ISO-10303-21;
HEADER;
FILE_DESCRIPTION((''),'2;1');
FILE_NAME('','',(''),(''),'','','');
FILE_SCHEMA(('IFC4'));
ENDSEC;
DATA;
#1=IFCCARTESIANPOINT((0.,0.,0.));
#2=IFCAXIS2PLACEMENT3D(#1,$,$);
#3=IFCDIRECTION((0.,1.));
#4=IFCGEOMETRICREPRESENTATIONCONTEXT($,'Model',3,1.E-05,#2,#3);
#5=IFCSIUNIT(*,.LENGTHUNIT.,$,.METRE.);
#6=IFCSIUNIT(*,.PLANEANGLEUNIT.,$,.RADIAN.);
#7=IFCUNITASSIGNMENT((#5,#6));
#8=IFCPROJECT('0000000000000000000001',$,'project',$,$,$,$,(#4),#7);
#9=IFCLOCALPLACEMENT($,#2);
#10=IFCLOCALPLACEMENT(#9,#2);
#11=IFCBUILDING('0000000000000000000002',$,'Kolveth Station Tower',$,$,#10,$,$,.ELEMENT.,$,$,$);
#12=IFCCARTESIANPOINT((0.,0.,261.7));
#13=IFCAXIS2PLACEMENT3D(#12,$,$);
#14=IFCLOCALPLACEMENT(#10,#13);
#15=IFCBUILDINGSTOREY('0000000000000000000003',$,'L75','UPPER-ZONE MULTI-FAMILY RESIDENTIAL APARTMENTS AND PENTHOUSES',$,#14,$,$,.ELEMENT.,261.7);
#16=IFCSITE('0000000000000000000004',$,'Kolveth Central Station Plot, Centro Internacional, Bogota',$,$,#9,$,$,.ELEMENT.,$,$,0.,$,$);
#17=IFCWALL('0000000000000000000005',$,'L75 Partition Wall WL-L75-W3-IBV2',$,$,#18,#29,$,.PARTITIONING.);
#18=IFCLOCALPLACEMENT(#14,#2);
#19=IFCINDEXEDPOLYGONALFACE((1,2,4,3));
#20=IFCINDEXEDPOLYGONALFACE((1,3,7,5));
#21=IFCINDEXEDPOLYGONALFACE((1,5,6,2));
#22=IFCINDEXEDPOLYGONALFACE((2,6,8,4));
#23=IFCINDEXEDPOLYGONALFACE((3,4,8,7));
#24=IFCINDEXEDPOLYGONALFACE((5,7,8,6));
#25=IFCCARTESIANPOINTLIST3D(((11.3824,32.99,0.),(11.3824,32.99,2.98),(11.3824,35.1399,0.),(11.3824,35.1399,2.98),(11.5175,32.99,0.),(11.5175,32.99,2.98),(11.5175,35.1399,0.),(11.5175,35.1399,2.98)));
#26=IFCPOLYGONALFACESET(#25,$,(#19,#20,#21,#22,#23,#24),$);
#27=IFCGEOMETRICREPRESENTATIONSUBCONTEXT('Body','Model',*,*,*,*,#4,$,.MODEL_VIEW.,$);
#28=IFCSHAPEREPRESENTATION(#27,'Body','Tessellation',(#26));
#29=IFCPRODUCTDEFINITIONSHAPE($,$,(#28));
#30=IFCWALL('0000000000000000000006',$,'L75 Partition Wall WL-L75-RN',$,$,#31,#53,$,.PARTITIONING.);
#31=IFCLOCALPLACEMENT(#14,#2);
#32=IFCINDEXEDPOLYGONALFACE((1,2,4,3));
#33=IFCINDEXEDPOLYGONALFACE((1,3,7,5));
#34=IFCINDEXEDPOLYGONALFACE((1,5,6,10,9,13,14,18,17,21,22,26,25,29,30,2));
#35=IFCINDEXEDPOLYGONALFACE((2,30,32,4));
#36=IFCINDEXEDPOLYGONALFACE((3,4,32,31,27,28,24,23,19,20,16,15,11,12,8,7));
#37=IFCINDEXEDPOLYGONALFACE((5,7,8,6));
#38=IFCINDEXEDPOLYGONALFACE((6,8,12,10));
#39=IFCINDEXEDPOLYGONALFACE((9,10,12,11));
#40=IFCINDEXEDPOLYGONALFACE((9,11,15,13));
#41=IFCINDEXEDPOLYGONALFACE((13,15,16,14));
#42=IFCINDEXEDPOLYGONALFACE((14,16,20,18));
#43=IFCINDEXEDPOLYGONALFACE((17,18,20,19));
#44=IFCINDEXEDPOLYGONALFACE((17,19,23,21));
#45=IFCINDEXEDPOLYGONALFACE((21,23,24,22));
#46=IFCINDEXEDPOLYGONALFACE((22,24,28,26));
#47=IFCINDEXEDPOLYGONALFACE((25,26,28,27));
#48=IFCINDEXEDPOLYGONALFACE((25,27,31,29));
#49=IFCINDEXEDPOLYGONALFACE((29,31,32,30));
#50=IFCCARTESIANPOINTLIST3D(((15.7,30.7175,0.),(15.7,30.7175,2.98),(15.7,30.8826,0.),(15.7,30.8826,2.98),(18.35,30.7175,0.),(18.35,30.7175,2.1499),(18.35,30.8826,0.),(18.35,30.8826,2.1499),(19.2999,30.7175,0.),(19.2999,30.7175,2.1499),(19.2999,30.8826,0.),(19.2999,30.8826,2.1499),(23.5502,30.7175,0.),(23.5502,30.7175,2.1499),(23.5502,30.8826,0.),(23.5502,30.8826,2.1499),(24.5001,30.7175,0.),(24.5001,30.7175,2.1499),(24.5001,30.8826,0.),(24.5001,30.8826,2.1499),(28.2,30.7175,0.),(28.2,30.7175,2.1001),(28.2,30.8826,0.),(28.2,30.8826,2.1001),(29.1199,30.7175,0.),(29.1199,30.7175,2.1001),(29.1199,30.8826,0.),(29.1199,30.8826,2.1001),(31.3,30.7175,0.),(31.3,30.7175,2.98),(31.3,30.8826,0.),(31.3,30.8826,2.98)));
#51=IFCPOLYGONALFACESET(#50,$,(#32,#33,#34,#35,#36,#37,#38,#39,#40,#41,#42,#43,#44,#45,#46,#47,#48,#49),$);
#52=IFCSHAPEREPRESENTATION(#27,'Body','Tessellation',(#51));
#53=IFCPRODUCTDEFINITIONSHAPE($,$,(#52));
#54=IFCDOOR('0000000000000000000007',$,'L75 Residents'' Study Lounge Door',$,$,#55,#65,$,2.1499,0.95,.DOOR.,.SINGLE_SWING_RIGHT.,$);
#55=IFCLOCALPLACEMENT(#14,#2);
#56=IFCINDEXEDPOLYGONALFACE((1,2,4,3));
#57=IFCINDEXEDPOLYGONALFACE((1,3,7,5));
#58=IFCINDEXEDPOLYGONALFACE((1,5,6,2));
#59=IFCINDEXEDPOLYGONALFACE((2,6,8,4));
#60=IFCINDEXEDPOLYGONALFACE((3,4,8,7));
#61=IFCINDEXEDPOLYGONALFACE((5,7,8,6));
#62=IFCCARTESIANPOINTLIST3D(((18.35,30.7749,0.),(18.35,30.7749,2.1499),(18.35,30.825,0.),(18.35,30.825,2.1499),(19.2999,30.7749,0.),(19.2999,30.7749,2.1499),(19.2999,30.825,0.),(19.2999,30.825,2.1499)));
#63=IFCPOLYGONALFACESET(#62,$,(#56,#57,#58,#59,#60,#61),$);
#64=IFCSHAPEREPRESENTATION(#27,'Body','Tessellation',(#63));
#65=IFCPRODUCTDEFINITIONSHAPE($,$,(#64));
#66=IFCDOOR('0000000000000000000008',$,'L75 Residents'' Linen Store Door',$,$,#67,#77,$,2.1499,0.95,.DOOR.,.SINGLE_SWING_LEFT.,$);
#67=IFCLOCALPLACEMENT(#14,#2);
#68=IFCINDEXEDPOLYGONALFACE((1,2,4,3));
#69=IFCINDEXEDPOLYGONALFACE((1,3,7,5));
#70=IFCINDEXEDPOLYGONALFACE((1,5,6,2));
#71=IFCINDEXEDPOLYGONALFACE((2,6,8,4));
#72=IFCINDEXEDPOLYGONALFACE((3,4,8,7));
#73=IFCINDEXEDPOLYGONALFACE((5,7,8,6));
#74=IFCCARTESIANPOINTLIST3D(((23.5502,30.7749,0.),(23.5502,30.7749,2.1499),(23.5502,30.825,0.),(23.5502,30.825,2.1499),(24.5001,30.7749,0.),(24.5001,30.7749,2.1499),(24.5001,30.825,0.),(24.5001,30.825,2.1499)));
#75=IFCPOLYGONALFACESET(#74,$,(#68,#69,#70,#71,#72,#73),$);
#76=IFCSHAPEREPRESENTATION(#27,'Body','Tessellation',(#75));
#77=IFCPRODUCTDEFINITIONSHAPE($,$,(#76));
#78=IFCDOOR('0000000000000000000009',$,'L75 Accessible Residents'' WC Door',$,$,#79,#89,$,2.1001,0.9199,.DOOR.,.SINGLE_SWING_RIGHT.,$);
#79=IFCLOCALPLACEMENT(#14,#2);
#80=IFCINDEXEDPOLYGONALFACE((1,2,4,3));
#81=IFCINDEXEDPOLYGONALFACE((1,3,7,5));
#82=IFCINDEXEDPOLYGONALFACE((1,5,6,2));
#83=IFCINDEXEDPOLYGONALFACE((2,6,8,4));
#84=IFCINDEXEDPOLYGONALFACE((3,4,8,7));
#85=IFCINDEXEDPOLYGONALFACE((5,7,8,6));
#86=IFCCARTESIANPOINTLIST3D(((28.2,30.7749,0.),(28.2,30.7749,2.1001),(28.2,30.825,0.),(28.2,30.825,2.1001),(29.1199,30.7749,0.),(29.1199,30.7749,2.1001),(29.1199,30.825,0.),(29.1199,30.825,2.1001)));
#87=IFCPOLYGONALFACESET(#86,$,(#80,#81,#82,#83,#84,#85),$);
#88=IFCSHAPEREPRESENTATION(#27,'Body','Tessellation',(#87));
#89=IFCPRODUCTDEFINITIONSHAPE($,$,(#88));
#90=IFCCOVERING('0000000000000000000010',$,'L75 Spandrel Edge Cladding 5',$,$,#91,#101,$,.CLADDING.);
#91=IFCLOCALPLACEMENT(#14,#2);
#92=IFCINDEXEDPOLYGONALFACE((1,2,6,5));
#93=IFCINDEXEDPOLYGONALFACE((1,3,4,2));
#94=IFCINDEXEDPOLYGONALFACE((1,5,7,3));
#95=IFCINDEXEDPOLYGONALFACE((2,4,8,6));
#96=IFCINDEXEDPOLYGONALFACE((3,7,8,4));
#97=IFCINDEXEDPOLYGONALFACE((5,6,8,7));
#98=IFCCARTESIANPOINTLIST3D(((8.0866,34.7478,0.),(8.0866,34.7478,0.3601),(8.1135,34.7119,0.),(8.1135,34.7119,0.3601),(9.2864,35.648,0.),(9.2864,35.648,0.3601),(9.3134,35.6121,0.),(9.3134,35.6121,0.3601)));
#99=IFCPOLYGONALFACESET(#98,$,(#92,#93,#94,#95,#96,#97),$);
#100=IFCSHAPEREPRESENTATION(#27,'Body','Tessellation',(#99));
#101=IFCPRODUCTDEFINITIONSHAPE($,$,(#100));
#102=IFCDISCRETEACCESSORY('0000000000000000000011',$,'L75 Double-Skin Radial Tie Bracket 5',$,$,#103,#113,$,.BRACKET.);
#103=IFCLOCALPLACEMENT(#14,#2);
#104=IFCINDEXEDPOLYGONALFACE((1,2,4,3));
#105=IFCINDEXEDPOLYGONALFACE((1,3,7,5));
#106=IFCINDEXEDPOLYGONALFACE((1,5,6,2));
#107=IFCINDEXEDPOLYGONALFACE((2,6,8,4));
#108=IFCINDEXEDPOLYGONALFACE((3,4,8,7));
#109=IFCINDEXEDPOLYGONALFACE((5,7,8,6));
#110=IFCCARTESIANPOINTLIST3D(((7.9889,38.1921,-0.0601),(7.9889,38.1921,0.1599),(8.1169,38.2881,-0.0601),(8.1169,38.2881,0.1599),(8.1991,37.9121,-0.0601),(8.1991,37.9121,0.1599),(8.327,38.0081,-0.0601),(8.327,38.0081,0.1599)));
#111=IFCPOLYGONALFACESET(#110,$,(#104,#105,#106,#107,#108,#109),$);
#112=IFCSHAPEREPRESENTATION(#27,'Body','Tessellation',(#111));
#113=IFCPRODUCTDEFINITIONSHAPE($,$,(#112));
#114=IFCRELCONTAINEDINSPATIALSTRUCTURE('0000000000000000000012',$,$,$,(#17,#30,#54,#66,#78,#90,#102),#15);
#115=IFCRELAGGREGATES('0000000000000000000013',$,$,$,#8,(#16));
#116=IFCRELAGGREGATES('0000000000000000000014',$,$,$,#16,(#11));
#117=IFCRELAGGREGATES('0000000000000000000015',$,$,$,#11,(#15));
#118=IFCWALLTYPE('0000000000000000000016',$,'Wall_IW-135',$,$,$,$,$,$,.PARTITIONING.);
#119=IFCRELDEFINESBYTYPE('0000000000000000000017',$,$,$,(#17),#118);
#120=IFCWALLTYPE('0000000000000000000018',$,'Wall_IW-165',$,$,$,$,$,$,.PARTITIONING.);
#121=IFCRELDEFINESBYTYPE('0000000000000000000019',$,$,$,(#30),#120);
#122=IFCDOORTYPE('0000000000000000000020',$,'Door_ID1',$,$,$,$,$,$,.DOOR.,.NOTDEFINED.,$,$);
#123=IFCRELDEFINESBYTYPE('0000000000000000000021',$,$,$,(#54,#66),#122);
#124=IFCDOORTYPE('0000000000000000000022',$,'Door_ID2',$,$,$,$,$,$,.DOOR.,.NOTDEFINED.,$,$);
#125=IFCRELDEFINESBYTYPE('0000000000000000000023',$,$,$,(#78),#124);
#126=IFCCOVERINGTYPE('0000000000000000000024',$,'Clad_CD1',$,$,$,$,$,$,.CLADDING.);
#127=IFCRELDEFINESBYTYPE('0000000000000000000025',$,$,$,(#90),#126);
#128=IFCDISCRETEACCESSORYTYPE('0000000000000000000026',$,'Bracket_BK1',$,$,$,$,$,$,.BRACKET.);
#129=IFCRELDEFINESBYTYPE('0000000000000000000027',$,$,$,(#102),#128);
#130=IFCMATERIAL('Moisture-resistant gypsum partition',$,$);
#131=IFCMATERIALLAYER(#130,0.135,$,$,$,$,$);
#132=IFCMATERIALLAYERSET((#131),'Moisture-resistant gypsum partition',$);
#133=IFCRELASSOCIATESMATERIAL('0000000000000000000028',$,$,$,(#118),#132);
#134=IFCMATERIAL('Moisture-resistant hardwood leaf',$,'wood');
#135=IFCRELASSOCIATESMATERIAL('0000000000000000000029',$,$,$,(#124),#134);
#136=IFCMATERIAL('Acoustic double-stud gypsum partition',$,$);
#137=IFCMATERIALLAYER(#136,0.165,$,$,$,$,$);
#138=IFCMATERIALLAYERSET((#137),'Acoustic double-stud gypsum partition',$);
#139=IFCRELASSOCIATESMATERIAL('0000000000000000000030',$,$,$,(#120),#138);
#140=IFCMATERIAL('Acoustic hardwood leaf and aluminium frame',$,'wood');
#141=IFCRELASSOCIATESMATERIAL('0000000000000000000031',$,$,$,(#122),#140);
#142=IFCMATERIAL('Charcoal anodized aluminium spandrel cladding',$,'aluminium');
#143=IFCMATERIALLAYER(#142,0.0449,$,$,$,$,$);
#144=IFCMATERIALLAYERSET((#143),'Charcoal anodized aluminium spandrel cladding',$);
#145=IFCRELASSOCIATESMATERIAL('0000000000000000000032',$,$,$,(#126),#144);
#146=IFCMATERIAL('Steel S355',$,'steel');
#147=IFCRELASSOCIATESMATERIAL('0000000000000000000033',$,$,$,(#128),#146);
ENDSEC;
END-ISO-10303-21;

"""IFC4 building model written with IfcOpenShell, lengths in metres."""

from ifc_helpers import new_model, si_unit, direction, frame, frame_2d, origin, origin_2d, place, context, subcontext, project, spatial, rectangle, extrude, source, transform, mapped, material, layer, layer_set, type_object, element, fill, save


model = new_model("IFC4")

# Units and contexts
model_context = context("Model", 3, precision=1e-05, world=origin(), true_north=direction((0.0, 1.0)))
body_context = subcontext(model_context, "Body", "Model", "MODEL_VIEW")
ifc_project = project(units=[si_unit("LENGTHUNIT", "METRE"), si_unit("PLANEANGLEUNIT", "RADIAN")], contexts=[model_context])

# Site, building, storey
site_placement = place(None, origin())
site = spatial("IfcSite", under=ifc_project, at=site_placement, Name="Kolveth Central Station Plot, Centro Internacional, Bogota", CompositionType="ELEMENT", RefElevation=0.0)
building_placement = place(site_placement, origin())
building = spatial("IfcBuilding", under=site, at=building_placement, Name="Kolveth Station Tower", CompositionType="ELEMENT")
storey_placement = place(building_placement, frame((0.0, 0.0, 261.7)))
storey = spatial("IfcBuildingStorey", under=building, at=storey_placement, Name="L75", Description="UPPER-ZONE MULTI-FAMILY RESIDENTIAL APARTMENTS AND PENTHOUSES", CompositionType="ELEMENT", Elevation=261.7)

# Shared definitions
ifc_material_1 = material(Name="Steel S355", Category="steel")

# Shared definitions
ifc_material_2 = material(Name="Moisture-resistant gypsum partition")
ifc_layer_1 = layer(ifc_material_2, 0.135)
ifc_layer_set_1 = layer_set([ifc_layer_1], Name="Moisture-resistant gypsum partition")
wall_type_1 = type_object("IfcWallType", Name="Wall_IW-135", PredefinedType="PARTITIONING", material=ifc_layer_set_1)
ifc_material_3 = material(Name="Moisture-resistant hardwood leaf", Category="wood")
door_type_1 = type_object("IfcDoorType", Name="Door_ID2", OperationType="NOTDEFINED", PredefinedType="DOOR", material=ifc_material_3)

# Wall
for number, where, z_axis, x_axis, name in (
    (1, (11.45, 32.99, 0.0), (0.0, 0.0, 1.0), (0.0, 1.0, 0.0), "L75 Partition Wall WL-L75-W3-IBV2"),
):
    element("IfcWall", number, at=place(storey_placement, frame(where, z_axis=z_axis, x_axis=x_axis)), inside=storey, type_object=wall_type_1, Name=name, PredefinedType="PARTITIONING", context=body_context, shape_type="SweptSolid", body=[
        extrude(rectangle(XDim=2.1499, YDim=0.135, at=frame_2d((1.075, 0.0))), origin(), (0.0, 0.0, 1.0), 2.98),
    ])

# Wall, openings, doors
ifc_material_4 = material(Name="Acoustic double-stud gypsum partition")
ifc_layer_2 = layer(ifc_material_4, 0.165)
ifc_layer_set_2 = layer_set([ifc_layer_2], Name="Acoustic double-stud gypsum partition")
wall_type_2 = type_object("IfcWallType", Name="Wall_IW-165", PredefinedType="PARTITIONING", material=ifc_layer_set_2)
wall_1_placement = place(storey_placement, frame((15.7, 30.8, 0.0), z_axis=(0.0, 0.0, 1.0), x_axis=(1.0, 0.0, 0.0)))
wall_1 = element("IfcWall", 2, at=wall_1_placement, inside=storey, type_object=wall_type_2, Name="L75 Partition Wall WL-L75-RN", PredefinedType="PARTITIONING", context=body_context, shape_type="SweptSolid", body=[
    extrude(rectangle(XDim=15.6001, YDim=0.165, at=frame_2d((7.8, 0.0))), origin(), (0.0, 0.0, 1.0), 2.98),
])
opening_1_placement = place(wall_1_placement, frame((2.6499, 0.0, 0.0)))
opening_1 = element("IfcOpeningElement", 3, at=opening_1_placement, cuts=wall_1, PredefinedType="OPENING", context=body_context, shape_type="SweptSolid", body=[
    extrude(rectangle(XDim=0.95, YDim=2.1499, at=frame_2d((0.4751, 1.075))), frame((0.0, 0.0925, 0.0), z_axis=(0.0, -1.0, 0.0), x_axis=(1.0, 0.0, 0.0)), (0.0, 0.0, 1.0), 0.1851),
])
opening_2_placement = place(wall_1_placement, frame((7.8501, 0.0, 0.0)))
opening_2 = element("IfcOpeningElement", 4, at=opening_2_placement, cuts=wall_1, PredefinedType="OPENING", context=body_context, shape_type="SweptSolid", body=[
    extrude(rectangle(XDim=0.95, YDim=2.1499, at=frame_2d((0.4751, 1.075))), frame((0.0, 0.0925, 0.0), z_axis=(0.0, -1.0, 0.0), x_axis=(1.0, 0.0, 0.0)), (0.0, 0.0, 1.0), 0.1851),
])
opening_3_placement = place(wall_1_placement, frame((12.5, 0.0, 0.0)))
opening_3 = element("IfcOpeningElement", 5, at=opening_3_placement, cuts=wall_1, PredefinedType="OPENING", context=body_context, shape_type="SweptSolid", body=[
    extrude(rectangle(XDim=0.9199, YDim=2.1001, at=frame_2d((0.46, 1.05))), frame((0.0, 0.0925, 0.0), z_axis=(0.0, -1.0, 0.0), x_axis=(1.0, 0.0, 0.0)), (0.0, 0.0, 1.0), 0.1851),
])
ifc_material_5 = material(Name="Acoustic hardwood leaf and aluminium frame", Category="wood")
door_type_2 = type_object("IfcDoorType", Name="Door_ID1", OperationType="NOTDEFINED", PredefinedType="DOOR", material=ifc_material_5)
door_1_placement = place(opening_1_placement, origin())
door_1 = element("IfcDoor", 6, at=door_1_placement, inside=storey, type_object=door_type_2, Name="L75 Residents' Study Lounge Door", OperationType="SINGLE_SWING_RIGHT", OverallHeight=2.1499, OverallWidth=0.95, PredefinedType="DOOR", context=body_context, shape_type="SweptSolid", body=[
    extrude(rectangle(XDim=0.95, YDim=2.1499, at=frame_2d((0.4751, 1.075))), frame((0.0, 0.0249, 0.0), z_axis=(0.0, -1.0, 0.0), x_axis=(1.0, 0.0, 0.0)), (0.0, 0.0, 1.0), 0.05),
])
fill(opening_1, door_1)
door_2_placement = place(opening_2_placement, origin())
door_2 = element("IfcDoor", 7, at=door_2_placement, inside=storey, type_object=door_type_2, Name="L75 Residents' Linen Store Door", OperationType="SINGLE_SWING_LEFT", OverallHeight=2.1499, OverallWidth=0.95, PredefinedType="DOOR", context=body_context, shape_type="SweptSolid", body=[
    extrude(rectangle(XDim=0.95, YDim=2.1499, at=frame_2d((0.4751, 1.075))), frame((0.0, 0.0249, 0.0), z_axis=(0.0, -1.0, 0.0), x_axis=(1.0, 0.0, 0.0)), (0.0, 0.0, 1.0), 0.05),
])
fill(opening_2, door_2)
door_3_placement = place(opening_3_placement, origin())
door_3 = element("IfcDoor", 8, at=door_3_placement, inside=storey, type_object=door_type_1, Name="L75 Accessible Residents' WC Door", OperationType="SINGLE_SWING_RIGHT", OverallHeight=2.1001, OverallWidth=0.9199, PredefinedType="DOOR", context=body_context, shape_type="SweptSolid", body=[
    extrude(rectangle(XDim=0.9199, YDim=2.1001, at=frame_2d((0.46, 1.05))), frame((0.0, 0.0249, 0.0), z_axis=(0.0, -1.0, 0.0), x_axis=(1.0, 0.0, 0.0)), (0.0, 0.0, 1.0), 0.05),
])
fill(opening_3, door_3)

# Covering
ifc_material_6 = material(Name="Charcoal anodized aluminium spandrel cladding", Category="aluminium")
ifc_layer_3 = layer(ifc_material_6, 0.0449)
ifc_layer_set_3 = layer_set([ifc_layer_3], Name="Charcoal anodized aluminium spandrel cladding")
covering_type = type_object("IfcCoveringType", Name="Clad_CD1", PredefinedType="CLADDING", material=ifc_layer_set_3)
shared_shape_1 = source(origin(), body_context, "Body", "SweptSolid", [
    extrude(rectangle(XDim=1.5, YDim=0.0449, at=origin_2d()), origin(), (0.0, 0.0, 1.0), 0.3601),
])
covering_placement = place(storey_placement, frame((8.7, 35.1799, 0.0), z_axis=(0.0, 0.0, 1.0), x_axis=(-0.799894, -0.600141, 0.0)))
element("IfcCovering", 9, at=covering_placement, inside=storey, type_object=covering_type, Name="L75 Spandrel Edge Cladding 5", PredefinedType="CLADDING", context=body_context, shape_type="MappedRepresentation", body=[
    mapped(shared_shape_1, transform((0.0, 0.0, 0.0), x_axis=(1.0, 0.0, 0.0), y_axis=(0.0, 1.0, 0.0), z_axis=(0.0, 0.0, 1.0), scale=1.0)),
])

# Discrete accessory
discrete_accessory_type = type_object("IfcDiscreteAccessoryType", Name="Bracket_BK1", PredefinedType="BRACKET", material=ifc_material_1)
shared_shape_2 = source(origin(), body_context, "Body", "SweptSolid", [
    extrude(rectangle(XDim=0.3501, YDim=0.1599, at=origin_2d()), origin(), (0.0, 0.0, 1.0), 0.22),
])
discrete_accessory_placement = place(storey_placement, frame((8.158, 38.1001, -0.0601), z_axis=(0.0, 0.0, 1.0), x_axis=(-0.600141, 0.799894, 0.0)))
element("IfcDiscreteAccessory", 10, at=discrete_accessory_placement, inside=storey, type_object=discrete_accessory_type, Name="L75 Double-Skin Radial Tie Bracket 5", PredefinedType="BRACKET", context=body_context, shape_type="MappedRepresentation", body=[
    mapped(shared_shape_2, transform((0.0, 0.0, 0.0), x_axis=(1.0, 0.0, 0.0), y_axis=(0.0, 1.0, 0.0), z_axis=(0.0, 0.0, 1.0), scale=1.0)),
])

save(model, "model.ifc")
